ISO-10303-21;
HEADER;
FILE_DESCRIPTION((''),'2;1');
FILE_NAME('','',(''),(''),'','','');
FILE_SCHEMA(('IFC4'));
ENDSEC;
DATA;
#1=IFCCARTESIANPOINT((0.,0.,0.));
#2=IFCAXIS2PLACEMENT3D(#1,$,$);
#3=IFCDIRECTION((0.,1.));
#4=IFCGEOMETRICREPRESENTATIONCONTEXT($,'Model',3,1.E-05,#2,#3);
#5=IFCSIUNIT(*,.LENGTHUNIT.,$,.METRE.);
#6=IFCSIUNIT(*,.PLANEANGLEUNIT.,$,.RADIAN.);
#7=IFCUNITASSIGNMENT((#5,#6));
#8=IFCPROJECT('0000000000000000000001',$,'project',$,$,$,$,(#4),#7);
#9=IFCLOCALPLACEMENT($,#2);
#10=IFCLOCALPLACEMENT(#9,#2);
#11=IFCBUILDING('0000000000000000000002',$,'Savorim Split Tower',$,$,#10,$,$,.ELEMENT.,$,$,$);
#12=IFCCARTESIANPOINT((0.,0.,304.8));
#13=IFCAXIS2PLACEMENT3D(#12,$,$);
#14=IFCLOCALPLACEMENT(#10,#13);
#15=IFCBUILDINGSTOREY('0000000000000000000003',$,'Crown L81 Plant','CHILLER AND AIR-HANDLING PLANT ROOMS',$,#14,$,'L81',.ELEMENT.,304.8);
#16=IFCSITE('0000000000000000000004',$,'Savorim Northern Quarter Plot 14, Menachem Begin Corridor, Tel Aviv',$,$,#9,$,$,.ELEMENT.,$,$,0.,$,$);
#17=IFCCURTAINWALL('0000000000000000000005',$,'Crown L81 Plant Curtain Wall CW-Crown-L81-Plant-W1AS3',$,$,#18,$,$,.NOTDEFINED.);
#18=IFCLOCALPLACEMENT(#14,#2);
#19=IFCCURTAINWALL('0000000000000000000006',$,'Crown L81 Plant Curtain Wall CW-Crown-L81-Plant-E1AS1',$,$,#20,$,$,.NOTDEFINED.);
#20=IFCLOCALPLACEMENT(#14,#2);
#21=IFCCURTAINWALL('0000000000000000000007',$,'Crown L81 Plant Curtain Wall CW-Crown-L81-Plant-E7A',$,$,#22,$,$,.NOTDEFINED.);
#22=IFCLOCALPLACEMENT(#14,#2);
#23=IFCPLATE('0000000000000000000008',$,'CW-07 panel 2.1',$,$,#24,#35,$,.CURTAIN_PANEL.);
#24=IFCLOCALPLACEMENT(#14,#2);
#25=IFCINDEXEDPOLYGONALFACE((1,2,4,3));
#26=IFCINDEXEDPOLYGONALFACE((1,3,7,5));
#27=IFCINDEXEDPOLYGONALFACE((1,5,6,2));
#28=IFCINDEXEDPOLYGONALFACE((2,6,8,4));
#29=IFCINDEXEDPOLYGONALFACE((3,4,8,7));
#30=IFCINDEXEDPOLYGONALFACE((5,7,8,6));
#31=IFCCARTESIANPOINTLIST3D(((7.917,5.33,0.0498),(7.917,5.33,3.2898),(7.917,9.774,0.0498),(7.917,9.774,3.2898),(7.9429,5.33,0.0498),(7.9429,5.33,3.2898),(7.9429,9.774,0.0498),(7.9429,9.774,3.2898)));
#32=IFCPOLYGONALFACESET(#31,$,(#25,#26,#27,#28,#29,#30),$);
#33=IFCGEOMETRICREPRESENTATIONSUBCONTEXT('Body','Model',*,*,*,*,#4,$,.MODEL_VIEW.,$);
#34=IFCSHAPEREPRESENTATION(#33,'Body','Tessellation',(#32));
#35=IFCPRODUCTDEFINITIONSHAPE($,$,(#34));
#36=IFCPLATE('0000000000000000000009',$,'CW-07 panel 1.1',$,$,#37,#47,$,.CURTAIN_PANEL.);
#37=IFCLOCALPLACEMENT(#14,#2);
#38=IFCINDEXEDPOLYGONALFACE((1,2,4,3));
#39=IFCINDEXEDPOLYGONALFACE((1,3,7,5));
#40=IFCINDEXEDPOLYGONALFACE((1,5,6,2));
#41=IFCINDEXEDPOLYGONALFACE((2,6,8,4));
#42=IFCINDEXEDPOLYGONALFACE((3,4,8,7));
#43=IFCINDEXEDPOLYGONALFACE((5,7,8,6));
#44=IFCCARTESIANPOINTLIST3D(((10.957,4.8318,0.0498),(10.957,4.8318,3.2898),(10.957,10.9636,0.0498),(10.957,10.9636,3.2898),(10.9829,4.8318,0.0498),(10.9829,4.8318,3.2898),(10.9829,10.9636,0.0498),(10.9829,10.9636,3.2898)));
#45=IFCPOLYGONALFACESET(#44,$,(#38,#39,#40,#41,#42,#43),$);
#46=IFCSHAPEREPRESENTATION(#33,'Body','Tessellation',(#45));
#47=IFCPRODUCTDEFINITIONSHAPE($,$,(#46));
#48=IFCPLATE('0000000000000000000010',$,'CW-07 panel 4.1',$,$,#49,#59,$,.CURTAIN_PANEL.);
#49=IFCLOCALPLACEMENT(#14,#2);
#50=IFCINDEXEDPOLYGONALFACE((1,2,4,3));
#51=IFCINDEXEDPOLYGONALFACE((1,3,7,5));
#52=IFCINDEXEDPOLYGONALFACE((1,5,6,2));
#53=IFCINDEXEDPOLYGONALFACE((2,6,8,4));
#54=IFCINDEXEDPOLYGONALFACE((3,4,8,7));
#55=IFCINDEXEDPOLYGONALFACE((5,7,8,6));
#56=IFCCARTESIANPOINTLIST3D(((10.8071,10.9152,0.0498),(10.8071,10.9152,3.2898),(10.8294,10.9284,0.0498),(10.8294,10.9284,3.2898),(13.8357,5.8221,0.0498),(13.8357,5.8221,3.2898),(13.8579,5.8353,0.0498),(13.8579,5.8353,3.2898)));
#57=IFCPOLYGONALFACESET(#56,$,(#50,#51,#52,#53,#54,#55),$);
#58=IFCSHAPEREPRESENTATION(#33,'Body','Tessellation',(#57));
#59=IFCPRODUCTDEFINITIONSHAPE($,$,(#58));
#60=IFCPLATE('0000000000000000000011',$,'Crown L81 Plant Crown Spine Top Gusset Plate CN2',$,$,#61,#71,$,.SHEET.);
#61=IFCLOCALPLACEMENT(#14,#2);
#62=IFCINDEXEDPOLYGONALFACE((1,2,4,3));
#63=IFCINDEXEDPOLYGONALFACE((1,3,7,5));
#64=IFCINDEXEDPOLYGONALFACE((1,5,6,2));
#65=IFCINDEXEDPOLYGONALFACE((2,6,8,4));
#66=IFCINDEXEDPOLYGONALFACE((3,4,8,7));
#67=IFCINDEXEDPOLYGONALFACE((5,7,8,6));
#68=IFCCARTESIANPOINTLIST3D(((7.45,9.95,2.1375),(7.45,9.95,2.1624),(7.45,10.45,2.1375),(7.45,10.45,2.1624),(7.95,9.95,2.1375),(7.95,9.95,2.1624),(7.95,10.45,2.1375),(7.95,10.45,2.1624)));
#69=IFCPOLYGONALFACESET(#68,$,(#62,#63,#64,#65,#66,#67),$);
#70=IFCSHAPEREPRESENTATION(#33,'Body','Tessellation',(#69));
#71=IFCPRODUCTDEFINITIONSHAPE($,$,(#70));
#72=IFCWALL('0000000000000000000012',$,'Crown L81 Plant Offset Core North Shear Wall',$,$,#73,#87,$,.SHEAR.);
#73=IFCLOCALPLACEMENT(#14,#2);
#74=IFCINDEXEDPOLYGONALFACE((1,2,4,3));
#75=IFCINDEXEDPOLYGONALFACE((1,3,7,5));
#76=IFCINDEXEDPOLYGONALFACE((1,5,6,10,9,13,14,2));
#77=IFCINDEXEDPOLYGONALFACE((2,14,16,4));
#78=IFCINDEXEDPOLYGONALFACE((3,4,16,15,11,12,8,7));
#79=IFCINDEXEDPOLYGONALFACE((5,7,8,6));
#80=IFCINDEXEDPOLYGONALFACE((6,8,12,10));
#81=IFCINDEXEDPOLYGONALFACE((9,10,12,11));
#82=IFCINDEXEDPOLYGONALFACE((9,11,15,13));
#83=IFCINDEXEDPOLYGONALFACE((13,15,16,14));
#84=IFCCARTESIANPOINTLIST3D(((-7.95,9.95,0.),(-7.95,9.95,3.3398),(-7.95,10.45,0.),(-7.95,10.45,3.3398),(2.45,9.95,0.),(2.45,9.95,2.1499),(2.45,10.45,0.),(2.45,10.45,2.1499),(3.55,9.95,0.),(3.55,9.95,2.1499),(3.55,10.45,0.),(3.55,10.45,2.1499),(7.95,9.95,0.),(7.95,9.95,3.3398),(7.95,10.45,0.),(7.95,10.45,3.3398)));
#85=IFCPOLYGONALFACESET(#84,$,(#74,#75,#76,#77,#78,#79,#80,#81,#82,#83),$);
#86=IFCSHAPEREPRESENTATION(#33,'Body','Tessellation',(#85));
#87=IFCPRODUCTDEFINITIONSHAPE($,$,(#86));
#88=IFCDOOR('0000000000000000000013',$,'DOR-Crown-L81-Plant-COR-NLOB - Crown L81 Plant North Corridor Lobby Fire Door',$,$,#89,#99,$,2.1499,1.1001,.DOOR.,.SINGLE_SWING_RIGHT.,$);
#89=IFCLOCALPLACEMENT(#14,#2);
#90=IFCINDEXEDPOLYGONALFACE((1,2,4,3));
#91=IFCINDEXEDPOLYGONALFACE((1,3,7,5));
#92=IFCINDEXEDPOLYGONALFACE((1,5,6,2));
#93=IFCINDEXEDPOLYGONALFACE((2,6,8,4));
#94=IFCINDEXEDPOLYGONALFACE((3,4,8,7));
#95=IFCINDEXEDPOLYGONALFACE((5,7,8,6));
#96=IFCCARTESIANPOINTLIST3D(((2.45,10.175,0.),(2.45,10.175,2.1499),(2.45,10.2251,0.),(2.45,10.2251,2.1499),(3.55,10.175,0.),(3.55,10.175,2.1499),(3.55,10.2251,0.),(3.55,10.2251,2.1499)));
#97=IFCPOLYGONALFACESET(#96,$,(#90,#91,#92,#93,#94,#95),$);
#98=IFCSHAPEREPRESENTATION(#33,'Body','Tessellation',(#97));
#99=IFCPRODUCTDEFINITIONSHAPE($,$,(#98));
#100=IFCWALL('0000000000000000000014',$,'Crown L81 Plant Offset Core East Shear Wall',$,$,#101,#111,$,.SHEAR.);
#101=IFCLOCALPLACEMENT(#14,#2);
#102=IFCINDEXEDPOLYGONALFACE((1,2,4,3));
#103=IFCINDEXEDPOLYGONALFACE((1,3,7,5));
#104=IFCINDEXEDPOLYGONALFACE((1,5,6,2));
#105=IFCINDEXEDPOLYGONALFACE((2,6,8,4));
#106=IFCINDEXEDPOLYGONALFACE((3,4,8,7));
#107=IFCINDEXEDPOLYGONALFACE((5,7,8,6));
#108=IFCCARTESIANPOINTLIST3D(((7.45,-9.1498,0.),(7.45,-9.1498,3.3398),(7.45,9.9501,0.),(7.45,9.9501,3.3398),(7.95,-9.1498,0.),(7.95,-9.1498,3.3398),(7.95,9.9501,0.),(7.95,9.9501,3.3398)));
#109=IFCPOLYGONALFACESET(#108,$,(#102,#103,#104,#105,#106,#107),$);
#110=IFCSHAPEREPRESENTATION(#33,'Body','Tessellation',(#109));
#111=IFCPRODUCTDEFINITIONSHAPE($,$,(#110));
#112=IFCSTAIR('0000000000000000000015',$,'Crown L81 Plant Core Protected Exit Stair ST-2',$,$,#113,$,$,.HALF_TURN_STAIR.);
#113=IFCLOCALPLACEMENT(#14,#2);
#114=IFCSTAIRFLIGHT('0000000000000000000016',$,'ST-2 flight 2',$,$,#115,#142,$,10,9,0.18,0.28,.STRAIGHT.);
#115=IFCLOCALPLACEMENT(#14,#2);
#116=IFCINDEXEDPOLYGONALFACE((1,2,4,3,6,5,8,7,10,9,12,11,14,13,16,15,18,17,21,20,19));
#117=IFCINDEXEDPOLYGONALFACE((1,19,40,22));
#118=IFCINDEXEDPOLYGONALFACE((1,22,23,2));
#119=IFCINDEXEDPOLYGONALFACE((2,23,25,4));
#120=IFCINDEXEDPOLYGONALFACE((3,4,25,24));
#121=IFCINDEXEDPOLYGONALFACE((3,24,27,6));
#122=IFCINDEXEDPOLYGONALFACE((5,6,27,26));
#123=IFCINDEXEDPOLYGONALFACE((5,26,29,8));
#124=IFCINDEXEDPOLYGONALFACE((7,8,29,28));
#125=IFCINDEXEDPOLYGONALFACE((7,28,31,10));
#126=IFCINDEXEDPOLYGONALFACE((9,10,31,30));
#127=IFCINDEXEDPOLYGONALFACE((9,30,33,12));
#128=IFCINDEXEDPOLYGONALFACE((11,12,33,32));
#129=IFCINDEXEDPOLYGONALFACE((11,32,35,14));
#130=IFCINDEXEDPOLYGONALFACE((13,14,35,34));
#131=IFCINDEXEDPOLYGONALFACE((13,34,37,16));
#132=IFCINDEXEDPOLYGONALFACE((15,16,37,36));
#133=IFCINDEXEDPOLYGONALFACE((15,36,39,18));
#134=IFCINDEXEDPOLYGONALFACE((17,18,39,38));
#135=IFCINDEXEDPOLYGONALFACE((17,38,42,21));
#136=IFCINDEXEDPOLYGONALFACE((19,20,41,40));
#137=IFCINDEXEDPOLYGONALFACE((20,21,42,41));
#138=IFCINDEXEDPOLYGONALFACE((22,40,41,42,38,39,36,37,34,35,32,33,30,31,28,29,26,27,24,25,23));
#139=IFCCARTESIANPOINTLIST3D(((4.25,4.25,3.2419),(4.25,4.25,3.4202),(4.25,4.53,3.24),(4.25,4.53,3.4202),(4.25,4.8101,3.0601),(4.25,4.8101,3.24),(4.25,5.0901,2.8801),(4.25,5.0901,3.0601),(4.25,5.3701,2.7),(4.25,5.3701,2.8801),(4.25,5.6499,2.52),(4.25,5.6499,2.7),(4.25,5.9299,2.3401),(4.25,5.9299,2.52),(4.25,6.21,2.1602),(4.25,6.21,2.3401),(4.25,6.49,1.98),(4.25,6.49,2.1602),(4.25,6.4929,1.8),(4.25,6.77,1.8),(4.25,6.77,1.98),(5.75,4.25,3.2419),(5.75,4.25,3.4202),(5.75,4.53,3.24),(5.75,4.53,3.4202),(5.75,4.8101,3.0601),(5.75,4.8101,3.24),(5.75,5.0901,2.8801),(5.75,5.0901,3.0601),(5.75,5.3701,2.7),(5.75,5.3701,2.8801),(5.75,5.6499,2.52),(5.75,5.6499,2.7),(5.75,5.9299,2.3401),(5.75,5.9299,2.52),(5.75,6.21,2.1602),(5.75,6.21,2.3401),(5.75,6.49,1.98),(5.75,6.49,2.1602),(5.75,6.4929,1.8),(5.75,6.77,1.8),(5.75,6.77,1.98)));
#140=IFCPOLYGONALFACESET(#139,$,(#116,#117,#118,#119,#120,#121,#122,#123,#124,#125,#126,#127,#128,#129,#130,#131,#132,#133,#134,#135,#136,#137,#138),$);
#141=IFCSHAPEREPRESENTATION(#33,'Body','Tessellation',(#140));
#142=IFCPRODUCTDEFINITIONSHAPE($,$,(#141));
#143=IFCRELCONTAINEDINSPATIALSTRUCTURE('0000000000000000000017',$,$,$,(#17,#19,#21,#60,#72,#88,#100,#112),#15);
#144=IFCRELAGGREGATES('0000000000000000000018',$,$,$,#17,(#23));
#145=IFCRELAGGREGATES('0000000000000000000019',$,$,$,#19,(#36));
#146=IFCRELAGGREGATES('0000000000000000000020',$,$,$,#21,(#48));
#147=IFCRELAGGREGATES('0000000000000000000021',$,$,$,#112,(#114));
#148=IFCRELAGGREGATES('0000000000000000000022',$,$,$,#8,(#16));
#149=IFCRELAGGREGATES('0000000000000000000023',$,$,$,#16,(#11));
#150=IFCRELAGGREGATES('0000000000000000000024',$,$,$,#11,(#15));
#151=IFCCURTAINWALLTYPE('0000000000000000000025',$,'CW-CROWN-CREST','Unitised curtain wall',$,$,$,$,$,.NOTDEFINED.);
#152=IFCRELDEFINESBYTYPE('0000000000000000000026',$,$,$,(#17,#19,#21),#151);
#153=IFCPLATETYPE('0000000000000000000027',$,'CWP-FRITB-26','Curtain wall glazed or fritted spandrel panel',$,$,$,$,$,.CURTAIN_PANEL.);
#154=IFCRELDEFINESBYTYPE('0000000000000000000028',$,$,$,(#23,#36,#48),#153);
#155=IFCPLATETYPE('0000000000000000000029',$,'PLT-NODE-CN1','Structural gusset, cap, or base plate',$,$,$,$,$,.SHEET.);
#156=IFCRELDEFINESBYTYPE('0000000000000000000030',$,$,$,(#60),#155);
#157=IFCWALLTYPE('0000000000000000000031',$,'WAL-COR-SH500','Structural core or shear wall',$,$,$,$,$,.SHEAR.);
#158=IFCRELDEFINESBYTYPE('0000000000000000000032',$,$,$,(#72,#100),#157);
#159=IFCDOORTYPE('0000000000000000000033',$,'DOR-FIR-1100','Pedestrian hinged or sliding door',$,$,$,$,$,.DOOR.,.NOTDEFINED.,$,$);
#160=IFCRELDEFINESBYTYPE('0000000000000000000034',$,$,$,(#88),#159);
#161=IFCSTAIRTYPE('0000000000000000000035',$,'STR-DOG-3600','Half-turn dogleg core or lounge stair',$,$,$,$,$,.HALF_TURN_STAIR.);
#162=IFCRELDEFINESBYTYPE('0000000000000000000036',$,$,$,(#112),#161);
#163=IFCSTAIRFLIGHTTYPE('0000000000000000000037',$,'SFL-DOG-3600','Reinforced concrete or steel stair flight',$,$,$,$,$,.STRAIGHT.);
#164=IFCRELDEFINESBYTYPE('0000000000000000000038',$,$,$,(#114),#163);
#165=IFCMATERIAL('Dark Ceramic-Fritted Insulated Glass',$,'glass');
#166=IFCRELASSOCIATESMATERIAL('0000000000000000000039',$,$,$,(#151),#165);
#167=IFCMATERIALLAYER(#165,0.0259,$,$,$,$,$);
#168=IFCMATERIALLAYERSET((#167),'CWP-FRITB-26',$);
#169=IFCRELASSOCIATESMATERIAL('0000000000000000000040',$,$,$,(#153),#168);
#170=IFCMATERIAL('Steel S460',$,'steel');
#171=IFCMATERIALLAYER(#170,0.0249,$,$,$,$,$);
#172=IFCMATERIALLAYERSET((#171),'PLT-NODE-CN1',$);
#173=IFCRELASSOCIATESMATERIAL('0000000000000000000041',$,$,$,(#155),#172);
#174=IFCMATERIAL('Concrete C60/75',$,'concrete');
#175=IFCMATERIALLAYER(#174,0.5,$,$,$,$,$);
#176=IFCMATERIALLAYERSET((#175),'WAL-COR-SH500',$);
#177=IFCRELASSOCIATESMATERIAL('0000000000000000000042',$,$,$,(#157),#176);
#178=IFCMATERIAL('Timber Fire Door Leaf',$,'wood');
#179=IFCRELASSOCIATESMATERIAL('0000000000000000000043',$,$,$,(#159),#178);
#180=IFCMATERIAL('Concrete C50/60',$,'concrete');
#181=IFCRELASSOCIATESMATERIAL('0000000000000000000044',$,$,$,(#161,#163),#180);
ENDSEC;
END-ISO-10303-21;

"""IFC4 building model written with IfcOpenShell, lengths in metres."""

from ifc_helpers import new_model, si_unit, direction, frame, frame_2d, origin, origin_2d, place, context, subcontext, project, spatial, polyline, rectangle, outline, extrude, material, layer, layer_set, type_object, element, fill, aggregate, save


model = new_model("IFC4")

# Units and contexts
model_context = context("Model", 3, precision=1e-05, world=origin(), true_north=direction((0.0, 1.0)))
body_context = subcontext(model_context, "Body", "Model", "MODEL_VIEW")
ifc_project = project(units=[si_unit("LENGTHUNIT", "METRE"), si_unit("PLANEANGLEUNIT", "RADIAN")], contexts=[model_context])

# Site, building, storey
site_placement = place(None, origin())
site = spatial("IfcSite", under=ifc_project, at=site_placement, Name="Savorim Northern Quarter Plot 14, Menachem Begin Corridor, Tel Aviv", CompositionType="ELEMENT", RefElevation=0.0)
building_placement = place(site_placement, origin())
building = spatial("IfcBuilding", under=site, at=building_placement, Name="Savorim Split Tower", CompositionType="ELEMENT")
storey_placement = place(building_placement, frame((0.0, 0.0, 304.8)))
storey = spatial("IfcBuildingStorey", under=building, at=storey_placement, Name="Crown L81 Plant", Description="CHILLER AND AIR-HANDLING PLANT ROOMS", LongName="L81", CompositionType="ELEMENT", Elevation=304.8)

# Curtain wall
ifc_material_1 = material(Name="Dark Ceramic-Fritted Insulated Glass", Category="glass")
curtain_wall_type = type_object("IfcCurtainWallType", Name="CW-CROWN-CREST", Description="Unitised curtain wall", PredefinedType="NOTDEFINED", material=ifc_material_1)
curtain_wall_1_placement = place(storey_placement, origin())
curtain_wall_1 = element("IfcCurtainWall", 1, at=curtain_wall_1_placement, inside=storey, type_object=curtain_wall_type, Name="Crown L81 Plant Curtain Wall CW-Crown-L81-Plant-W1AS3", PredefinedType="NOTDEFINED")

# Curtain walls
curtain_wall_2_placement = place(storey_placement, origin())
curtain_wall_2 = element("IfcCurtainWall", 2, at=curtain_wall_2_placement, inside=storey, type_object=curtain_wall_type, Name="Crown L81 Plant Curtain Wall CW-Crown-L81-Plant-E1AS1", PredefinedType="NOTDEFINED")
curtain_wall_3_placement = place(storey_placement, origin())
curtain_wall_3 = element("IfcCurtainWall", 3, at=curtain_wall_3_placement, inside=storey, type_object=curtain_wall_type, Name="Crown L81 Plant Curtain Wall CW-Crown-L81-Plant-E7A", PredefinedType="NOTDEFINED")

# Plates
ifc_layer_1 = layer(ifc_material_1, 0.0259)
ifc_layer_set_1 = layer_set([ifc_layer_1], Name="CWP-FRITB-26")
plate_type_1 = type_object("IfcPlateType", Name="CWP-FRITB-26", Description="Curtain wall glazed or fritted spandrel panel", PredefinedType="CURTAIN_PANEL", material=ifc_layer_set_1)
plate_1_placement = place(storey_placement, frame((7.9299, 7.552, 0.0498), z_axis=(0.0, 0.0, 1.0), x_axis=(0.0, 1.0, 0.0)))
plate_1 = element("IfcPlate", 4, at=plate_1_placement, type_object=plate_type_1, Name="CW-07 panel 2.1", PredefinedType="CURTAIN_PANEL", context=body_context, shape_type="SweptSolid", body=[
    extrude(rectangle(XDim=4.4441, YDim=0.0259, at=origin_2d()), origin(), (0.0, 0.0, 1.0), 3.24),
])
aggregate(curtain_wall_1, [plate_1])
plate_2_placement = place(storey_placement, frame((10.97, 7.8977, 0.0498), z_axis=(0.0, 0.0, 1.0), x_axis=(0.0, -1.0, 0.0)))
plate_2 = element("IfcPlate", 5, at=plate_2_placement, type_object=plate_type_1, Name="CW-07 panel 1.1", PredefinedType="CURTAIN_PANEL", context=body_context, shape_type="SweptSolid", body=[
    extrude(rectangle(XDim=6.1318, YDim=0.0259, at=origin_2d()), origin(), (0.0, 0.0, 1.0), 3.24),
])
aggregate(curtain_wall_2, [plate_2])
plate_3_placement = place(storey_placement, frame((12.3325, 8.3752, 0.0498), z_axis=(0.0, 0.0, 1.0), x_axis=(-0.511094, 0.859525, 0.0)))
plate_3 = element("IfcPlate", 6, at=plate_3_placement, type_object=plate_type_1, Name="CW-07 panel 4.1", PredefinedType="CURTAIN_PANEL", context=body_context, shape_type="SweptSolid", body=[
    extrude(rectangle(XDim=5.9255, YDim=0.0259, at=origin_2d()), origin(), (0.0, 0.0, 1.0), 3.24),
])
aggregate(curtain_wall_3, [plate_3])
ifc_material_2 = material(Name="Steel S460", Category="steel")
ifc_layer_2 = layer(ifc_material_2, 0.0249)
ifc_layer_set_2 = layer_set([ifc_layer_2], Name="PLT-NODE-CN1")
plate_type_2 = type_object("IfcPlateType", Name="PLT-NODE-CN1", Description="Structural gusset, cap, or base plate", PredefinedType="SHEET", material=ifc_layer_set_2)
plate_4_placement = place(storey_placement, frame((7.7, 10.2, 2.1375), z_axis=(0.0, 0.0, 1.0), x_axis=(1.0, 0.0, 0.0)))
element("IfcPlate", 7, at=plate_4_placement, inside=storey, type_object=plate_type_2, Name="Crown L81 Plant Crown Spine Top Gusset Plate CN2", PredefinedType="SHEET", context=body_context, shape_type="SweptSolid", body=[
    extrude(rectangle(XDim=0.5, YDim=0.5, at=origin_2d()), origin(), (0.0, 0.0, 1.0), 0.0249),
])

# Wall, opening, door
ifc_material_3 = material(Name="Concrete C60/75", Category="concrete")
ifc_layer_3 = layer(ifc_material_3, 0.5)
ifc_layer_set_3 = layer_set([ifc_layer_3], Name="WAL-COR-SH500")
wall_type = type_object("IfcWallType", Name="WAL-COR-SH500", Description="Structural core or shear wall", PredefinedType="SHEAR", material=ifc_layer_set_3)
wall_1_placement = place(storey_placement, frame((7.95, 10.2, 0.0), z_axis=(0.0, 0.0, 1.0), x_axis=(-1.0, 0.0, 0.0)))
wall_1 = element("IfcWall", 8, at=wall_1_placement, inside=storey, type_object=wall_type, Name="Crown L81 Plant Offset Core North Shear Wall", PredefinedType="SHEAR", context=body_context, shape_type="SweptSolid", body=[
    extrude(rectangle(XDim=15.8999, YDim=0.5, at=frame_2d((7.95, 0.0))), origin(), (0.0, 0.0, 1.0), 3.3398),
])
opening_placement = place(wall_1_placement, frame((4.3999, 0.0, 0.0)))
opening = element("IfcOpeningElement", 9, at=opening_placement, cuts=wall_1, PredefinedType="OPENING", context=body_context, shape_type="SweptSolid", body=[
    extrude(rectangle(XDim=1.1001, YDim=2.1499, at=frame_2d((0.55, 1.075))), frame((0.0, 0.26, 0.0), z_axis=(0.0, -1.0, 0.0), x_axis=(1.0, 0.0, 0.0)), (0.0, 0.0, 1.0), 0.52),
])
ifc_material_4 = material(Name="Timber Fire Door Leaf", Category="wood")
door_type = type_object("IfcDoorType", Name="DOR-FIR-1100", Description="Pedestrian hinged or sliding door", OperationType="NOTDEFINED", PredefinedType="DOOR", material=ifc_material_4)
door_placement = place(opening_placement, origin())
door = element("IfcDoor", 10, at=door_placement, inside=storey, type_object=door_type, Name="DOR-Crown-L81-Plant-COR-NLOB - Crown L81 Plant North Corridor Lobby Fire Door", OperationType="SINGLE_SWING_RIGHT", OverallHeight=2.1499, OverallWidth=1.1001, PredefinedType="DOOR", context=body_context, shape_type="SweptSolid", body=[
    extrude(rectangle(XDim=1.1001, YDim=2.1499, at=frame_2d((0.55, 1.075))), frame((0.0, 0.0249, 0.0), z_axis=(0.0, -1.0, 0.0), x_axis=(1.0, 0.0, 0.0)), (0.0, 0.0, 1.0), 0.05),
])
fill(opening, door)

# Wall
wall_2_placement = place(storey_placement, frame((7.7, 9.95, 0.0), z_axis=(0.0, 0.0, 1.0), x_axis=(0.0, -1.0, 0.0)))
element("IfcWall", 11, at=wall_2_placement, inside=storey, type_object=wall_type, Name="Crown L81 Plant Offset Core East Shear Wall", PredefinedType="SHEAR", context=body_context, shape_type="SweptSolid", body=[
    extrude(rectangle(XDim=19.0999, YDim=0.5, at=frame_2d((9.5498, 0.0))), origin(), (0.0, 0.0, 1.0), 3.3398),
])

# Stair, stair flight
ifc_material_5 = material(Name="Concrete C50/60", Category="concrete")
stair_type = type_object("IfcStairType", Name="STR-DOG-3600", Description="Half-turn dogleg core or lounge stair", PredefinedType="HALF_TURN_STAIR", material=ifc_material_5)
stair_placement = place(storey_placement, origin())
stair = element("IfcStair", 12, at=stair_placement, inside=storey, type_object=stair_type, Name="Crown L81 Plant Core Protected Exit Stair ST-2", PredefinedType="HALF_TURN_STAIR")
stair_flight_type = type_object("IfcStairFlightType", Name="SFL-DOG-3600", Description="Reinforced concrete or steel stair flight", PredefinedType="STRAIGHT", material=ifc_material_5)
stair_flight_placement = place(storey_placement, frame((5.0, 6.77, 1.8), z_axis=(0.0, 0.0, 1.0), x_axis=(0.0, -1.0, 0.0)))
stair_flight = element("IfcStairFlight", 13, at=stair_flight_placement, type_object=stair_flight_type, Name="ST-2 flight 2", NumberOfRisers=10, NumberOfTreads=9, PredefinedType="STRAIGHT", RiserHeight=0.18, TreadLength=0.28, context=body_context, shape_type="SweptSolid", body=[
    extrude(outline(polyline([(0.0, 0.0), (0.0, 0.1799), (0.28, 0.1799), (0.28, 0.3601), (0.5601, 0.3601), (0.5601, 0.54), (0.8401, 0.54), (0.8401, 0.72), (1.1201, 0.72), (1.1201, 0.8999), (1.3999, 0.8999), (1.3999, 1.0801), (1.6799, 1.0801), (1.6799, 1.26), (1.96, 1.26), (1.96, 1.4399), (2.24, 1.4399), (2.24, 1.6201), (2.52, 1.6201), (2.52, 1.8), (2.52, 1.4419), (0.2771, 0.0), (0.0, 0.0)])), frame((0.0, 0.75, 0.0), z_axis=(0.0, -1.0, 0.0), x_axis=(1.0, 0.0, 0.0)), (0.0, 0.0, 1.0), 1.5),
])
aggregate(stair, [stair_flight])

save(model, "model.ifc")
